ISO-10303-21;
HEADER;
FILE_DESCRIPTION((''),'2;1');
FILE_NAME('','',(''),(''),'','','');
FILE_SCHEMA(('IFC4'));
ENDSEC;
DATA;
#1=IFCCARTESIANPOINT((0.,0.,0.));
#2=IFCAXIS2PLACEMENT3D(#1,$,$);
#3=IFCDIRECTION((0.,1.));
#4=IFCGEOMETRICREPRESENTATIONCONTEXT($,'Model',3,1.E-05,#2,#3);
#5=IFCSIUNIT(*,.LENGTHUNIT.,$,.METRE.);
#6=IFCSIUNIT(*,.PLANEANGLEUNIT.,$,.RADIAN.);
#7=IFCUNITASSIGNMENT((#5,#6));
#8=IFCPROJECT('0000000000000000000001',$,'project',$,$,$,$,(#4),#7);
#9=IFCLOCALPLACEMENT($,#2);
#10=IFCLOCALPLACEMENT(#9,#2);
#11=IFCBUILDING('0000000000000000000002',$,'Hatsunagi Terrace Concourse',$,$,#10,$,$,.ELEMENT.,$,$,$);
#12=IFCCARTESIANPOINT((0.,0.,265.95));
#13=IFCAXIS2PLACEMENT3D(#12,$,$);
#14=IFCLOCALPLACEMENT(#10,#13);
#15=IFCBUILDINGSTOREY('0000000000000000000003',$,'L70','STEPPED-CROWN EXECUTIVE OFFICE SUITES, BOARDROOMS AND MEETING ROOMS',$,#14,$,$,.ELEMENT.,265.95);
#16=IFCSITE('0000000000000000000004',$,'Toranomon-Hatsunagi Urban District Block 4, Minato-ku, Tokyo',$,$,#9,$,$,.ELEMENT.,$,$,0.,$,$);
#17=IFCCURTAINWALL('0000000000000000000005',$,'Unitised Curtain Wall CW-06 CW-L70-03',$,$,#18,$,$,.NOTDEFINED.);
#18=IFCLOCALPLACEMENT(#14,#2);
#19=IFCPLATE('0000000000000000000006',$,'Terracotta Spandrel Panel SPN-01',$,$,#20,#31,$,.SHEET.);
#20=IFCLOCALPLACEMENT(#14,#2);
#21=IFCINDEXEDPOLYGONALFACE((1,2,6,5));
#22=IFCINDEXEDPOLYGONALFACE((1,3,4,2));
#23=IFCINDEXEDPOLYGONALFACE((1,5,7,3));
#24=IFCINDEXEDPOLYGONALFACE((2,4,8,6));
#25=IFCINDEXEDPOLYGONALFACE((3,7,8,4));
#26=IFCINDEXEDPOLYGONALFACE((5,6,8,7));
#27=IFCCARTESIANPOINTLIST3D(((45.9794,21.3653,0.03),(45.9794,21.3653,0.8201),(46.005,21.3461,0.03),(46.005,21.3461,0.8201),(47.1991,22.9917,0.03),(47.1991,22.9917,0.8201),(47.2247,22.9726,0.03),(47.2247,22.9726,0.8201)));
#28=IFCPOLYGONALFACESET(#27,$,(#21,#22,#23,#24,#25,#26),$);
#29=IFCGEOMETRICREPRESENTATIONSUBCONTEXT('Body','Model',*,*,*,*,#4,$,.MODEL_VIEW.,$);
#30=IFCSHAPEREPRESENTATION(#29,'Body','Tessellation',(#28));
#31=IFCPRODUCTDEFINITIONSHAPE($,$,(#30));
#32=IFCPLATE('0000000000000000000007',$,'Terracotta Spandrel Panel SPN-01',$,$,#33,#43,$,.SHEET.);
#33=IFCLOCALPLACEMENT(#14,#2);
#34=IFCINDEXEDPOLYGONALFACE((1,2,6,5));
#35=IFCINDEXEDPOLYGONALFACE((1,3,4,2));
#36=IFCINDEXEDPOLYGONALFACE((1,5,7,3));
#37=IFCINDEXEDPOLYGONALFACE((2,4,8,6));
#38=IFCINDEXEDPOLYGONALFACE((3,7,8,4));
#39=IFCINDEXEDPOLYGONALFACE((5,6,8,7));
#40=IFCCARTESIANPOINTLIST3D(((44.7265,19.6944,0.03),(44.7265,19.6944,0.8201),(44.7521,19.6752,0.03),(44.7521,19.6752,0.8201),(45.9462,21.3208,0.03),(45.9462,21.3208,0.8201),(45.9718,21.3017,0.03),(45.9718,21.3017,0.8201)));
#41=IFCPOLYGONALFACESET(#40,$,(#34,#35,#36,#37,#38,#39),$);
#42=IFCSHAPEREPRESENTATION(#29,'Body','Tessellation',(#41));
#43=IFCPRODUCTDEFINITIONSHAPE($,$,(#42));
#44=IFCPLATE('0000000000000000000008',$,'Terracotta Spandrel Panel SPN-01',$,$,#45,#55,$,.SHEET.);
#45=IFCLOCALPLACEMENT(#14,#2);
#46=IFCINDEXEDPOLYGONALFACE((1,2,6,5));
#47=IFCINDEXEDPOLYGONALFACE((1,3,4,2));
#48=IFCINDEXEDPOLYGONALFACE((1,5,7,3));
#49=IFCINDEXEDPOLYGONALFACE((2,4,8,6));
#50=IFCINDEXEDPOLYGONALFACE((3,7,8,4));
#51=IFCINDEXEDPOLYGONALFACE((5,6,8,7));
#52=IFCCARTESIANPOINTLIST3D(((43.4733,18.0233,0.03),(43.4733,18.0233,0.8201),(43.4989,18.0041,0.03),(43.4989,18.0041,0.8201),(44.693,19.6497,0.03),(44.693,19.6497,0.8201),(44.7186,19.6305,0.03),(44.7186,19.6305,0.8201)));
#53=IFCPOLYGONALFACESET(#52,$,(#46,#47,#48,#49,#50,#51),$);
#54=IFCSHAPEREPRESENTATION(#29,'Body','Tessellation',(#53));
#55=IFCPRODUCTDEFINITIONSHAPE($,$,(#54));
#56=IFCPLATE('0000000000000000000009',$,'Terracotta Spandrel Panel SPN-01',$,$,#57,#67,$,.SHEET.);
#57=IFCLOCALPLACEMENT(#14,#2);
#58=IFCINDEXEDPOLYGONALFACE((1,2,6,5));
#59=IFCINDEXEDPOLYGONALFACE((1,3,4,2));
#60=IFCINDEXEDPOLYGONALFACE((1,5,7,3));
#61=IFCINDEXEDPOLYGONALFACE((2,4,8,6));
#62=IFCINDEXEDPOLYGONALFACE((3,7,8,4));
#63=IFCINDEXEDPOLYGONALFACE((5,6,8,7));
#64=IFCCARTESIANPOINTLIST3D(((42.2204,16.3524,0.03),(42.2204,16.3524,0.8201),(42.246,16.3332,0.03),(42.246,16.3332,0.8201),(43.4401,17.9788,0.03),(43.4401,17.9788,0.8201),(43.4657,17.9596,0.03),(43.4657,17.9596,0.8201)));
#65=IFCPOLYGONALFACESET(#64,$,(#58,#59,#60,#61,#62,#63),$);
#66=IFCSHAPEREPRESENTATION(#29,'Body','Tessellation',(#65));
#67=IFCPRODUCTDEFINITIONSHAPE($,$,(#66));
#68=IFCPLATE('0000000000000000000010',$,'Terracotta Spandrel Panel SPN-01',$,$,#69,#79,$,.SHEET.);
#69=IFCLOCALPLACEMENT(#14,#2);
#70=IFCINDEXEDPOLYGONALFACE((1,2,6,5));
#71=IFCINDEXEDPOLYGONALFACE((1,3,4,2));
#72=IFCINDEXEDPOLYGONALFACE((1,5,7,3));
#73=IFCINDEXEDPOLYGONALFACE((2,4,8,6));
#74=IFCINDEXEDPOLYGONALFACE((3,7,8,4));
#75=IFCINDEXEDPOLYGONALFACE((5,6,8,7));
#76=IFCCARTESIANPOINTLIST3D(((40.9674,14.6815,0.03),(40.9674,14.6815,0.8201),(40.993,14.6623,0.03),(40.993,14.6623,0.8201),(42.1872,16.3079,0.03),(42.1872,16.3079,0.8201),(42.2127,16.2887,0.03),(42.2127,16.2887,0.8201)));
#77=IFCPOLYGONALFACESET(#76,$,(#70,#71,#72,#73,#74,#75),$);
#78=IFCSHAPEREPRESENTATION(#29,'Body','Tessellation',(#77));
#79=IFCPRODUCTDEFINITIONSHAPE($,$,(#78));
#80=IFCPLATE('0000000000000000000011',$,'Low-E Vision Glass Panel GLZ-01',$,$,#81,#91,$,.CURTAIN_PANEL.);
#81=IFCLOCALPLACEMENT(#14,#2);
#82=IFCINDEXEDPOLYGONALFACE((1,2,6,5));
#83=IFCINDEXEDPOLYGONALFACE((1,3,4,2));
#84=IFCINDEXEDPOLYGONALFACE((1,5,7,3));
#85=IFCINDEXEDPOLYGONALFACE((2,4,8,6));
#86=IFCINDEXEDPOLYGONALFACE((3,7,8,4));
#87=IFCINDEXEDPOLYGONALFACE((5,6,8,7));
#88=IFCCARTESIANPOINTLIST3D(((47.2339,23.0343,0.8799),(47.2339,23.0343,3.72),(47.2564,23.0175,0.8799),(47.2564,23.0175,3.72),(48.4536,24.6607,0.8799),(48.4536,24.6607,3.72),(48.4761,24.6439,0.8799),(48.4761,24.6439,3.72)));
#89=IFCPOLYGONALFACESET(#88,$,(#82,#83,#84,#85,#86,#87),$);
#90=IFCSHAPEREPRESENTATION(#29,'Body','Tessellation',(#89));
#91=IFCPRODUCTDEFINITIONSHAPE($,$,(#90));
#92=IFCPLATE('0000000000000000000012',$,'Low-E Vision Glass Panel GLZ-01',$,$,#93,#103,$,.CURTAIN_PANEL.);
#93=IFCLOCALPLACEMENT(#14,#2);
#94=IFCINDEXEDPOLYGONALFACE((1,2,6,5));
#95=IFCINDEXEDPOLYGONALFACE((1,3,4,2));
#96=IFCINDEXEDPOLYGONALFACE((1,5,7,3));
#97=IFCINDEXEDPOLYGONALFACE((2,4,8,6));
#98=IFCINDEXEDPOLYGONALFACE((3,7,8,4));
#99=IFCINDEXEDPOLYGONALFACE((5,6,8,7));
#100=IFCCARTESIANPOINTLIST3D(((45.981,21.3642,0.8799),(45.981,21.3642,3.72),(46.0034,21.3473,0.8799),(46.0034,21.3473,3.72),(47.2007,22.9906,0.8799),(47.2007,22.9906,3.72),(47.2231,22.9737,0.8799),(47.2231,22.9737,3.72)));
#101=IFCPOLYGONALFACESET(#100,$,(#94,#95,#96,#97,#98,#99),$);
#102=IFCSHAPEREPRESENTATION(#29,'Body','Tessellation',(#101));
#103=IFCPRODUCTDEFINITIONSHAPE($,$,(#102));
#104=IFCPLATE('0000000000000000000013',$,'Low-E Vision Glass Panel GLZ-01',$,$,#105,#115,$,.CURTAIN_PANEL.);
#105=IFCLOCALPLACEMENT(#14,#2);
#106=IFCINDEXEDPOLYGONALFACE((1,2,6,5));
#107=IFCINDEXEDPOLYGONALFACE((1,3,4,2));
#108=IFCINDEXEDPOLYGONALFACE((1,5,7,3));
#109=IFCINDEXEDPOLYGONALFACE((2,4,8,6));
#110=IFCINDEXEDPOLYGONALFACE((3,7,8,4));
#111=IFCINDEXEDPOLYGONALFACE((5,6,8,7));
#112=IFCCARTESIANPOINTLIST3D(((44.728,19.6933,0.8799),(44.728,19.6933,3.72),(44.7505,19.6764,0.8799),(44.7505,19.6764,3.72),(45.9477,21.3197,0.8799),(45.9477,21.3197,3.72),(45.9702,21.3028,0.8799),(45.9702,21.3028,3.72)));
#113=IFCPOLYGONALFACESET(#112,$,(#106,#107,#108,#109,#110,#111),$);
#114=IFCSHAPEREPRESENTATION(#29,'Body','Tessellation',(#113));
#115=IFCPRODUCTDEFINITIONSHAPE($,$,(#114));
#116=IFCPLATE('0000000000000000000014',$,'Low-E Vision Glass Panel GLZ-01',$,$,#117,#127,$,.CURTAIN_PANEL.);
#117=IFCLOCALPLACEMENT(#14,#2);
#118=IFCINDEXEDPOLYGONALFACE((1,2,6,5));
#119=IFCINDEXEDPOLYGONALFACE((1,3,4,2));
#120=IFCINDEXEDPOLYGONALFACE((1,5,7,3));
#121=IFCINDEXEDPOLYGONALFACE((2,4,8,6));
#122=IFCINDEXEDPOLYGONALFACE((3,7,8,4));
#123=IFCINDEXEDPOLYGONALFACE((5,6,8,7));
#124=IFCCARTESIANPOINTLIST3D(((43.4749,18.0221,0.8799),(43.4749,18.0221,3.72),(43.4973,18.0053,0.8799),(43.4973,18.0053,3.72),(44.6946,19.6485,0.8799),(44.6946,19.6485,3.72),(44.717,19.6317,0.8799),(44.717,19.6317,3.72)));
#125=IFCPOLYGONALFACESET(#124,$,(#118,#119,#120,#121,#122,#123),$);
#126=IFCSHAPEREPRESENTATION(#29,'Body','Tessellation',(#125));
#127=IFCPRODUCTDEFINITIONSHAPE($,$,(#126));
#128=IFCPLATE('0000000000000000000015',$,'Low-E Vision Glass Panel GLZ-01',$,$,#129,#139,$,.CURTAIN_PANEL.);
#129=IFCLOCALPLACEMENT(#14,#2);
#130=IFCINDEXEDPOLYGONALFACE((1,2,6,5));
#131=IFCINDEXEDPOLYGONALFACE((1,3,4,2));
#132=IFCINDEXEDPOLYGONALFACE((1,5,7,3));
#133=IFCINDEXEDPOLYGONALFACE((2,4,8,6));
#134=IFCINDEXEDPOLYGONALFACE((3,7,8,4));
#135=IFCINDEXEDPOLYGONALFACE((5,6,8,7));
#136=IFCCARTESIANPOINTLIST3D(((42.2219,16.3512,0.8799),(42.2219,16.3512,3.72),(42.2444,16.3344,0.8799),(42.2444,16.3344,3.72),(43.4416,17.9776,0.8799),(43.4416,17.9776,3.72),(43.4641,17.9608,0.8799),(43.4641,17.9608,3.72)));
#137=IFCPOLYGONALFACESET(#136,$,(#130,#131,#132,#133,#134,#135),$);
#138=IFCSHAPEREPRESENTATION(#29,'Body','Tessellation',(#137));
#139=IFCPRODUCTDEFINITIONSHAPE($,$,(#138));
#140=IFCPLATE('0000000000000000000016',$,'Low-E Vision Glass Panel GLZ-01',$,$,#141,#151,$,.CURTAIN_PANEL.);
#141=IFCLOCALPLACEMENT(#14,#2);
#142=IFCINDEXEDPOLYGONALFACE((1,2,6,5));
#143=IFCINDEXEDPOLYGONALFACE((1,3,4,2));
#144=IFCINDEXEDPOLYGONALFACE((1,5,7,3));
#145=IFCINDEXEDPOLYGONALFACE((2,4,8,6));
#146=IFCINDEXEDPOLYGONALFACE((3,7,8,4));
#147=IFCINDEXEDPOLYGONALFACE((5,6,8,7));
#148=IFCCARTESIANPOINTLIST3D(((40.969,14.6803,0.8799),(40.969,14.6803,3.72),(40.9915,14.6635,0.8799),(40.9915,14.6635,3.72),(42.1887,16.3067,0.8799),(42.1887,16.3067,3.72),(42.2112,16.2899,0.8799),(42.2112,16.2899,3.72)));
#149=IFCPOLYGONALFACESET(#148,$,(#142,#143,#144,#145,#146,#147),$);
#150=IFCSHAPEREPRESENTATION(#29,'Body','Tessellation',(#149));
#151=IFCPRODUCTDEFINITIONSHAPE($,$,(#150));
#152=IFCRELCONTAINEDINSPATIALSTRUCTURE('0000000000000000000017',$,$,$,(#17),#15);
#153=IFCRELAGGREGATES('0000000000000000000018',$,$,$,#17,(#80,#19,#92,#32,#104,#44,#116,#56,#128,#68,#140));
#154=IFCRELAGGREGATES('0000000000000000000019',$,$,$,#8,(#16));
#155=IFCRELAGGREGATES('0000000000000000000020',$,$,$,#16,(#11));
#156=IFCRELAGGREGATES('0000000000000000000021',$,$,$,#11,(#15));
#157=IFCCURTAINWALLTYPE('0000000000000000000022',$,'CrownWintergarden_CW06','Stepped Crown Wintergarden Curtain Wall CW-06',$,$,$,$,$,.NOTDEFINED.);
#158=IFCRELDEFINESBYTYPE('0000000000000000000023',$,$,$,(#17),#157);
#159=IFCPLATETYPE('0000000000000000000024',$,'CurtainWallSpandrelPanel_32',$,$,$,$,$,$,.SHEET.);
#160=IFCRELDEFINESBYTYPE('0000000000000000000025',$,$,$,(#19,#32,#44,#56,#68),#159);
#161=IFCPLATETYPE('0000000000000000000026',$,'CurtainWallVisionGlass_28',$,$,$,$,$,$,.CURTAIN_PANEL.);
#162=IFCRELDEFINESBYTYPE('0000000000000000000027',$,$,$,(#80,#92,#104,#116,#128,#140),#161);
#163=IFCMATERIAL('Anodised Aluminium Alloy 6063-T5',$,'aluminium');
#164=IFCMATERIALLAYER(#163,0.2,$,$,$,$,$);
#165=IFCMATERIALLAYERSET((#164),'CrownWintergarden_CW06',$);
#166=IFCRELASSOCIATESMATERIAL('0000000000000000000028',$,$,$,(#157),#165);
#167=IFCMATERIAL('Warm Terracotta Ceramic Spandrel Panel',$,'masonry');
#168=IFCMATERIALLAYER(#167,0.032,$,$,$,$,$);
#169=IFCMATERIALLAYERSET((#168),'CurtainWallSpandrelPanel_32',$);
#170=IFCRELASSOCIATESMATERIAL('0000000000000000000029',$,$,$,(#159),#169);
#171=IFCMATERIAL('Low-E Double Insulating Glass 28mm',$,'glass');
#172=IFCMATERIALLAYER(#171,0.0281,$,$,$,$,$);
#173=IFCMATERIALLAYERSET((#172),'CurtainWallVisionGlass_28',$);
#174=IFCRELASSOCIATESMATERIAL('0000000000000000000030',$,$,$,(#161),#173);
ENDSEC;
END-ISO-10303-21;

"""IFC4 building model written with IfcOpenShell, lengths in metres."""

from ifc_helpers import new_model, si_unit, direction, frame, origin, origin_2d, place, context, subcontext, project, spatial, rectangle, extrude, material, layer, layer_set, type_object, element, aggregate, save


model = new_model("IFC4")

# Units and contexts
model_context = context("Model", 3, precision=1e-05, world=origin(), true_north=direction((0.0, 1.0)))
body_context = subcontext(model_context, "Body", "Model", "MODEL_VIEW")
ifc_project = project(units=[si_unit("LENGTHUNIT", "METRE"), si_unit("PLANEANGLEUNIT", "RADIAN")], contexts=[model_context])

# Site, building, storey
site_placement = place(None, origin())
site = spatial("IfcSite", under=ifc_project, at=site_placement, Name="Toranomon-Hatsunagi Urban District Block 4, Minato-ku, Tokyo", CompositionType="ELEMENT", RefElevation=0.0)
building_placement = place(site_placement, origin())
building = spatial("IfcBuilding", under=site, at=building_placement, Name="Hatsunagi Terrace Concourse", CompositionType="ELEMENT")
storey_placement = place(building_placement, frame((0.0, 0.0, 265.95)))
storey = spatial("IfcBuildingStorey", under=building, at=storey_placement, Name="L70", Description="STEPPED-CROWN EXECUTIVE OFFICE SUITES, BOARDROOMS AND MEETING ROOMS", CompositionType="ELEMENT", Elevation=265.95)

# Curtain wall, plates
ifc_material_1 = material(Name="Anodised Aluminium Alloy 6063-T5", Category="aluminium")
ifc_layer_1 = layer(ifc_material_1, 0.2)
ifc_layer_set_1 = layer_set([ifc_layer_1], Name="CrownWintergarden_CW06")
curtain_wall_type = type_object("IfcCurtainWallType", Name="CrownWintergarden_CW06", Description="Stepped Crown Wintergarden Curtain Wall CW-06", PredefinedType="NOTDEFINED", material=ifc_layer_set_1)
curtain_wall_placement = place(storey_placement, origin())
curtain_wall = element("IfcCurtainWall", 1, at=curtain_wall_placement, inside=storey, type_object=curtain_wall_type, Name="Unitised Curtain Wall CW-06 CW-L70-03", PredefinedType="NOTDEFINED")
ifc_material_2 = material(Name="Warm Terracotta Ceramic Spandrel Panel", Category="masonry")
ifc_layer_2 = layer(ifc_material_2, 0.032)
ifc_layer_set_2 = layer_set([ifc_layer_2], Name="CurtainWallSpandrelPanel_32")
plate_type_1 = type_object("IfcPlateType", Name="CurtainWallSpandrelPanel_32", PredefinedType="SHEET", material=ifc_layer_set_2)
plate_1_placement = place(storey_placement, frame((46.6021, 22.1689, 0.03), z_axis=(0.0, 0.0, 1.0), x_axis=(-0.599969, -0.800023, 0.0)))
plate_1 = element("IfcPlate", 2, at=plate_1_placement, type_object=plate_type_1, Name="Terracotta Spandrel Panel SPN-01", PredefinedType="SHEET", context=body_context, shape_type="SweptSolid", body=[
    extrude(rectangle(XDim=2.033, YDim=0.032, at=origin_2d()), origin(), (0.0, 0.0, 1.0), 0.79),
])
plate_2_placement = place(storey_placement, frame((45.3491, 20.498, 0.03), z_axis=(0.0, 0.0, 1.0), x_axis=(-0.599969, -0.800023, 0.0)))
plate_2 = element("IfcPlate", 3, at=plate_2_placement, type_object=plate_type_1, Name="Terracotta Spandrel Panel SPN-01", PredefinedType="SHEET", context=body_context, shape_type="SweptSolid", body=[
    extrude(rectangle(XDim=2.033, YDim=0.032, at=origin_2d()), origin(), (0.0, 0.0, 1.0), 0.79),
])
plate_3_placement = place(storey_placement, frame((44.0959, 18.8269, 0.03), z_axis=(0.0, 0.0, 1.0), x_axis=(-0.599969, -0.800023, 0.0)))
plate_3 = element("IfcPlate", 4, at=plate_3_placement, type_object=plate_type_1, Name="Terracotta Spandrel Panel SPN-01", PredefinedType="SHEET", context=body_context, shape_type="SweptSolid", body=[
    extrude(rectangle(XDim=2.033, YDim=0.032, at=origin_2d()), origin(), (0.0, 0.0, 1.0), 0.79),
])
plate_4_placement = place(storey_placement, frame((42.843, 17.156, 0.03), z_axis=(0.0, 0.0, 1.0), x_axis=(-0.599969, -0.800023, 0.0)))
plate_4 = element("IfcPlate", 5, at=plate_4_placement, type_object=plate_type_1, Name="Terracotta Spandrel Panel SPN-01", PredefinedType="SHEET", context=body_context, shape_type="SweptSolid", body=[
    extrude(rectangle(XDim=2.033, YDim=0.032, at=origin_2d()), origin(), (0.0, 0.0, 1.0), 0.79),
])
plate_5_placement = place(storey_placement, frame((41.5901, 15.4851, 0.03), z_axis=(0.0, 0.0, 1.0), x_axis=(-0.599969, -0.800023, 0.0)))
plate_5 = element("IfcPlate", 6, at=plate_5_placement, type_object=plate_type_1, Name="Terracotta Spandrel Panel SPN-01", PredefinedType="SHEET", context=body_context, shape_type="SweptSolid", body=[
    extrude(rectangle(XDim=2.033, YDim=0.032, at=origin_2d()), origin(), (0.0, 0.0, 1.0), 0.79),
])
ifc_material_3 = material(Name="Low-E Double Insulating Glass 28mm", Category="glass")
ifc_layer_3 = layer(ifc_material_3, 0.0281)
ifc_layer_set_3 = layer_set([ifc_layer_3], Name="CurtainWallVisionGlass_28")
plate_type_2 = type_object("IfcPlateType", Name="CurtainWallVisionGlass_28", PredefinedType="CURTAIN_PANEL", material=ifc_layer_set_3)
plate_6_placement = place(storey_placement, frame((47.855, 23.8391, 0.8799), z_axis=(0.0, 0.0, 1.0), x_axis=(-0.599969, -0.800023, 0.0)))
plate_6 = element("IfcPlate", 7, at=plate_6_placement, type_object=plate_type_2, Name="Low-E Vision Glass Panel GLZ-01", PredefinedType="CURTAIN_PANEL", context=body_context, shape_type="SweptSolid", body=[
    extrude(rectangle(XDim=2.033, YDim=0.0281, at=origin_2d()), origin(), (0.0, 0.0, 1.0), 2.8401),
])
plate_7_placement = place(storey_placement, frame((46.6021, 22.1689, 0.8799), z_axis=(0.0, 0.0, 1.0), x_axis=(-0.599969, -0.800023, 0.0)))
plate_7 = element("IfcPlate", 8, at=plate_7_placement, type_object=plate_type_2, Name="Low-E Vision Glass Panel GLZ-01", PredefinedType="CURTAIN_PANEL", context=body_context, shape_type="SweptSolid", body=[
    extrude(rectangle(XDim=2.033, YDim=0.0281, at=origin_2d()), origin(), (0.0, 0.0, 1.0), 2.8401),
])
plate_8_placement = place(storey_placement, frame((45.3491, 20.498, 0.8799), z_axis=(0.0, 0.0, 1.0), x_axis=(-0.599969, -0.800023, 0.0)))
plate_8 = element("IfcPlate", 9, at=plate_8_placement, type_object=plate_type_2, Name="Low-E Vision Glass Panel GLZ-01", PredefinedType="CURTAIN_PANEL", context=body_context, shape_type="SweptSolid", body=[
    extrude(rectangle(XDim=2.033, YDim=0.0281, at=origin_2d()), origin(), (0.0, 0.0, 1.0), 2.8401),
])
plate_9_placement = place(storey_placement, frame((44.0959, 18.8269, 0.8799), z_axis=(0.0, 0.0, 1.0), x_axis=(-0.599969, -0.800023, 0.0)))
plate_9 = element("IfcPlate", 10, at=plate_9_placement, type_object=plate_type_2, Name="Low-E Vision Glass Panel GLZ-01", PredefinedType="CURTAIN_PANEL", context=body_context, shape_type="SweptSolid", body=[
    extrude(rectangle(XDim=2.033, YDim=0.0281, at=origin_2d()), origin(), (0.0, 0.0, 1.0), 2.8401),
])
plate_10_placement = place(storey_placement, frame((42.843, 17.156, 0.8799), z_axis=(0.0, 0.0, 1.0), x_axis=(-0.599969, -0.800023, 0.0)))
plate_10 = element("IfcPlate", 11, at=plate_10_placement, type_object=plate_type_2, Name="Low-E Vision Glass Panel GLZ-01", PredefinedType="CURTAIN_PANEL", context=body_context, shape_type="SweptSolid", body=[
    extrude(rectangle(XDim=2.033, YDim=0.0281, at=origin_2d()), origin(), (0.0, 0.0, 1.0), 2.8401),
])
plate_11_placement = place(storey_placement, frame((41.5901, 15.4851, 0.8799), z_axis=(0.0, 0.0, 1.0), x_axis=(-0.599969, -0.800023, 0.0)))
plate_11 = element("IfcPlate", 12, at=plate_11_placement, type_object=plate_type_2, Name="Low-E Vision Glass Panel GLZ-01", PredefinedType="CURTAIN_PANEL", context=body_context, shape_type="SweptSolid", body=[
    extrude(rectangle(XDim=2.033, YDim=0.0281, at=origin_2d()), origin(), (0.0, 0.0, 1.0), 2.8401),
])
aggregate(curtain_wall, [plate_6, plate_1, plate_7, plate_2, plate_8, plate_3, plate_9, plate_4, plate_10, plate_5, plate_11])

save(model, "model.ifc")
